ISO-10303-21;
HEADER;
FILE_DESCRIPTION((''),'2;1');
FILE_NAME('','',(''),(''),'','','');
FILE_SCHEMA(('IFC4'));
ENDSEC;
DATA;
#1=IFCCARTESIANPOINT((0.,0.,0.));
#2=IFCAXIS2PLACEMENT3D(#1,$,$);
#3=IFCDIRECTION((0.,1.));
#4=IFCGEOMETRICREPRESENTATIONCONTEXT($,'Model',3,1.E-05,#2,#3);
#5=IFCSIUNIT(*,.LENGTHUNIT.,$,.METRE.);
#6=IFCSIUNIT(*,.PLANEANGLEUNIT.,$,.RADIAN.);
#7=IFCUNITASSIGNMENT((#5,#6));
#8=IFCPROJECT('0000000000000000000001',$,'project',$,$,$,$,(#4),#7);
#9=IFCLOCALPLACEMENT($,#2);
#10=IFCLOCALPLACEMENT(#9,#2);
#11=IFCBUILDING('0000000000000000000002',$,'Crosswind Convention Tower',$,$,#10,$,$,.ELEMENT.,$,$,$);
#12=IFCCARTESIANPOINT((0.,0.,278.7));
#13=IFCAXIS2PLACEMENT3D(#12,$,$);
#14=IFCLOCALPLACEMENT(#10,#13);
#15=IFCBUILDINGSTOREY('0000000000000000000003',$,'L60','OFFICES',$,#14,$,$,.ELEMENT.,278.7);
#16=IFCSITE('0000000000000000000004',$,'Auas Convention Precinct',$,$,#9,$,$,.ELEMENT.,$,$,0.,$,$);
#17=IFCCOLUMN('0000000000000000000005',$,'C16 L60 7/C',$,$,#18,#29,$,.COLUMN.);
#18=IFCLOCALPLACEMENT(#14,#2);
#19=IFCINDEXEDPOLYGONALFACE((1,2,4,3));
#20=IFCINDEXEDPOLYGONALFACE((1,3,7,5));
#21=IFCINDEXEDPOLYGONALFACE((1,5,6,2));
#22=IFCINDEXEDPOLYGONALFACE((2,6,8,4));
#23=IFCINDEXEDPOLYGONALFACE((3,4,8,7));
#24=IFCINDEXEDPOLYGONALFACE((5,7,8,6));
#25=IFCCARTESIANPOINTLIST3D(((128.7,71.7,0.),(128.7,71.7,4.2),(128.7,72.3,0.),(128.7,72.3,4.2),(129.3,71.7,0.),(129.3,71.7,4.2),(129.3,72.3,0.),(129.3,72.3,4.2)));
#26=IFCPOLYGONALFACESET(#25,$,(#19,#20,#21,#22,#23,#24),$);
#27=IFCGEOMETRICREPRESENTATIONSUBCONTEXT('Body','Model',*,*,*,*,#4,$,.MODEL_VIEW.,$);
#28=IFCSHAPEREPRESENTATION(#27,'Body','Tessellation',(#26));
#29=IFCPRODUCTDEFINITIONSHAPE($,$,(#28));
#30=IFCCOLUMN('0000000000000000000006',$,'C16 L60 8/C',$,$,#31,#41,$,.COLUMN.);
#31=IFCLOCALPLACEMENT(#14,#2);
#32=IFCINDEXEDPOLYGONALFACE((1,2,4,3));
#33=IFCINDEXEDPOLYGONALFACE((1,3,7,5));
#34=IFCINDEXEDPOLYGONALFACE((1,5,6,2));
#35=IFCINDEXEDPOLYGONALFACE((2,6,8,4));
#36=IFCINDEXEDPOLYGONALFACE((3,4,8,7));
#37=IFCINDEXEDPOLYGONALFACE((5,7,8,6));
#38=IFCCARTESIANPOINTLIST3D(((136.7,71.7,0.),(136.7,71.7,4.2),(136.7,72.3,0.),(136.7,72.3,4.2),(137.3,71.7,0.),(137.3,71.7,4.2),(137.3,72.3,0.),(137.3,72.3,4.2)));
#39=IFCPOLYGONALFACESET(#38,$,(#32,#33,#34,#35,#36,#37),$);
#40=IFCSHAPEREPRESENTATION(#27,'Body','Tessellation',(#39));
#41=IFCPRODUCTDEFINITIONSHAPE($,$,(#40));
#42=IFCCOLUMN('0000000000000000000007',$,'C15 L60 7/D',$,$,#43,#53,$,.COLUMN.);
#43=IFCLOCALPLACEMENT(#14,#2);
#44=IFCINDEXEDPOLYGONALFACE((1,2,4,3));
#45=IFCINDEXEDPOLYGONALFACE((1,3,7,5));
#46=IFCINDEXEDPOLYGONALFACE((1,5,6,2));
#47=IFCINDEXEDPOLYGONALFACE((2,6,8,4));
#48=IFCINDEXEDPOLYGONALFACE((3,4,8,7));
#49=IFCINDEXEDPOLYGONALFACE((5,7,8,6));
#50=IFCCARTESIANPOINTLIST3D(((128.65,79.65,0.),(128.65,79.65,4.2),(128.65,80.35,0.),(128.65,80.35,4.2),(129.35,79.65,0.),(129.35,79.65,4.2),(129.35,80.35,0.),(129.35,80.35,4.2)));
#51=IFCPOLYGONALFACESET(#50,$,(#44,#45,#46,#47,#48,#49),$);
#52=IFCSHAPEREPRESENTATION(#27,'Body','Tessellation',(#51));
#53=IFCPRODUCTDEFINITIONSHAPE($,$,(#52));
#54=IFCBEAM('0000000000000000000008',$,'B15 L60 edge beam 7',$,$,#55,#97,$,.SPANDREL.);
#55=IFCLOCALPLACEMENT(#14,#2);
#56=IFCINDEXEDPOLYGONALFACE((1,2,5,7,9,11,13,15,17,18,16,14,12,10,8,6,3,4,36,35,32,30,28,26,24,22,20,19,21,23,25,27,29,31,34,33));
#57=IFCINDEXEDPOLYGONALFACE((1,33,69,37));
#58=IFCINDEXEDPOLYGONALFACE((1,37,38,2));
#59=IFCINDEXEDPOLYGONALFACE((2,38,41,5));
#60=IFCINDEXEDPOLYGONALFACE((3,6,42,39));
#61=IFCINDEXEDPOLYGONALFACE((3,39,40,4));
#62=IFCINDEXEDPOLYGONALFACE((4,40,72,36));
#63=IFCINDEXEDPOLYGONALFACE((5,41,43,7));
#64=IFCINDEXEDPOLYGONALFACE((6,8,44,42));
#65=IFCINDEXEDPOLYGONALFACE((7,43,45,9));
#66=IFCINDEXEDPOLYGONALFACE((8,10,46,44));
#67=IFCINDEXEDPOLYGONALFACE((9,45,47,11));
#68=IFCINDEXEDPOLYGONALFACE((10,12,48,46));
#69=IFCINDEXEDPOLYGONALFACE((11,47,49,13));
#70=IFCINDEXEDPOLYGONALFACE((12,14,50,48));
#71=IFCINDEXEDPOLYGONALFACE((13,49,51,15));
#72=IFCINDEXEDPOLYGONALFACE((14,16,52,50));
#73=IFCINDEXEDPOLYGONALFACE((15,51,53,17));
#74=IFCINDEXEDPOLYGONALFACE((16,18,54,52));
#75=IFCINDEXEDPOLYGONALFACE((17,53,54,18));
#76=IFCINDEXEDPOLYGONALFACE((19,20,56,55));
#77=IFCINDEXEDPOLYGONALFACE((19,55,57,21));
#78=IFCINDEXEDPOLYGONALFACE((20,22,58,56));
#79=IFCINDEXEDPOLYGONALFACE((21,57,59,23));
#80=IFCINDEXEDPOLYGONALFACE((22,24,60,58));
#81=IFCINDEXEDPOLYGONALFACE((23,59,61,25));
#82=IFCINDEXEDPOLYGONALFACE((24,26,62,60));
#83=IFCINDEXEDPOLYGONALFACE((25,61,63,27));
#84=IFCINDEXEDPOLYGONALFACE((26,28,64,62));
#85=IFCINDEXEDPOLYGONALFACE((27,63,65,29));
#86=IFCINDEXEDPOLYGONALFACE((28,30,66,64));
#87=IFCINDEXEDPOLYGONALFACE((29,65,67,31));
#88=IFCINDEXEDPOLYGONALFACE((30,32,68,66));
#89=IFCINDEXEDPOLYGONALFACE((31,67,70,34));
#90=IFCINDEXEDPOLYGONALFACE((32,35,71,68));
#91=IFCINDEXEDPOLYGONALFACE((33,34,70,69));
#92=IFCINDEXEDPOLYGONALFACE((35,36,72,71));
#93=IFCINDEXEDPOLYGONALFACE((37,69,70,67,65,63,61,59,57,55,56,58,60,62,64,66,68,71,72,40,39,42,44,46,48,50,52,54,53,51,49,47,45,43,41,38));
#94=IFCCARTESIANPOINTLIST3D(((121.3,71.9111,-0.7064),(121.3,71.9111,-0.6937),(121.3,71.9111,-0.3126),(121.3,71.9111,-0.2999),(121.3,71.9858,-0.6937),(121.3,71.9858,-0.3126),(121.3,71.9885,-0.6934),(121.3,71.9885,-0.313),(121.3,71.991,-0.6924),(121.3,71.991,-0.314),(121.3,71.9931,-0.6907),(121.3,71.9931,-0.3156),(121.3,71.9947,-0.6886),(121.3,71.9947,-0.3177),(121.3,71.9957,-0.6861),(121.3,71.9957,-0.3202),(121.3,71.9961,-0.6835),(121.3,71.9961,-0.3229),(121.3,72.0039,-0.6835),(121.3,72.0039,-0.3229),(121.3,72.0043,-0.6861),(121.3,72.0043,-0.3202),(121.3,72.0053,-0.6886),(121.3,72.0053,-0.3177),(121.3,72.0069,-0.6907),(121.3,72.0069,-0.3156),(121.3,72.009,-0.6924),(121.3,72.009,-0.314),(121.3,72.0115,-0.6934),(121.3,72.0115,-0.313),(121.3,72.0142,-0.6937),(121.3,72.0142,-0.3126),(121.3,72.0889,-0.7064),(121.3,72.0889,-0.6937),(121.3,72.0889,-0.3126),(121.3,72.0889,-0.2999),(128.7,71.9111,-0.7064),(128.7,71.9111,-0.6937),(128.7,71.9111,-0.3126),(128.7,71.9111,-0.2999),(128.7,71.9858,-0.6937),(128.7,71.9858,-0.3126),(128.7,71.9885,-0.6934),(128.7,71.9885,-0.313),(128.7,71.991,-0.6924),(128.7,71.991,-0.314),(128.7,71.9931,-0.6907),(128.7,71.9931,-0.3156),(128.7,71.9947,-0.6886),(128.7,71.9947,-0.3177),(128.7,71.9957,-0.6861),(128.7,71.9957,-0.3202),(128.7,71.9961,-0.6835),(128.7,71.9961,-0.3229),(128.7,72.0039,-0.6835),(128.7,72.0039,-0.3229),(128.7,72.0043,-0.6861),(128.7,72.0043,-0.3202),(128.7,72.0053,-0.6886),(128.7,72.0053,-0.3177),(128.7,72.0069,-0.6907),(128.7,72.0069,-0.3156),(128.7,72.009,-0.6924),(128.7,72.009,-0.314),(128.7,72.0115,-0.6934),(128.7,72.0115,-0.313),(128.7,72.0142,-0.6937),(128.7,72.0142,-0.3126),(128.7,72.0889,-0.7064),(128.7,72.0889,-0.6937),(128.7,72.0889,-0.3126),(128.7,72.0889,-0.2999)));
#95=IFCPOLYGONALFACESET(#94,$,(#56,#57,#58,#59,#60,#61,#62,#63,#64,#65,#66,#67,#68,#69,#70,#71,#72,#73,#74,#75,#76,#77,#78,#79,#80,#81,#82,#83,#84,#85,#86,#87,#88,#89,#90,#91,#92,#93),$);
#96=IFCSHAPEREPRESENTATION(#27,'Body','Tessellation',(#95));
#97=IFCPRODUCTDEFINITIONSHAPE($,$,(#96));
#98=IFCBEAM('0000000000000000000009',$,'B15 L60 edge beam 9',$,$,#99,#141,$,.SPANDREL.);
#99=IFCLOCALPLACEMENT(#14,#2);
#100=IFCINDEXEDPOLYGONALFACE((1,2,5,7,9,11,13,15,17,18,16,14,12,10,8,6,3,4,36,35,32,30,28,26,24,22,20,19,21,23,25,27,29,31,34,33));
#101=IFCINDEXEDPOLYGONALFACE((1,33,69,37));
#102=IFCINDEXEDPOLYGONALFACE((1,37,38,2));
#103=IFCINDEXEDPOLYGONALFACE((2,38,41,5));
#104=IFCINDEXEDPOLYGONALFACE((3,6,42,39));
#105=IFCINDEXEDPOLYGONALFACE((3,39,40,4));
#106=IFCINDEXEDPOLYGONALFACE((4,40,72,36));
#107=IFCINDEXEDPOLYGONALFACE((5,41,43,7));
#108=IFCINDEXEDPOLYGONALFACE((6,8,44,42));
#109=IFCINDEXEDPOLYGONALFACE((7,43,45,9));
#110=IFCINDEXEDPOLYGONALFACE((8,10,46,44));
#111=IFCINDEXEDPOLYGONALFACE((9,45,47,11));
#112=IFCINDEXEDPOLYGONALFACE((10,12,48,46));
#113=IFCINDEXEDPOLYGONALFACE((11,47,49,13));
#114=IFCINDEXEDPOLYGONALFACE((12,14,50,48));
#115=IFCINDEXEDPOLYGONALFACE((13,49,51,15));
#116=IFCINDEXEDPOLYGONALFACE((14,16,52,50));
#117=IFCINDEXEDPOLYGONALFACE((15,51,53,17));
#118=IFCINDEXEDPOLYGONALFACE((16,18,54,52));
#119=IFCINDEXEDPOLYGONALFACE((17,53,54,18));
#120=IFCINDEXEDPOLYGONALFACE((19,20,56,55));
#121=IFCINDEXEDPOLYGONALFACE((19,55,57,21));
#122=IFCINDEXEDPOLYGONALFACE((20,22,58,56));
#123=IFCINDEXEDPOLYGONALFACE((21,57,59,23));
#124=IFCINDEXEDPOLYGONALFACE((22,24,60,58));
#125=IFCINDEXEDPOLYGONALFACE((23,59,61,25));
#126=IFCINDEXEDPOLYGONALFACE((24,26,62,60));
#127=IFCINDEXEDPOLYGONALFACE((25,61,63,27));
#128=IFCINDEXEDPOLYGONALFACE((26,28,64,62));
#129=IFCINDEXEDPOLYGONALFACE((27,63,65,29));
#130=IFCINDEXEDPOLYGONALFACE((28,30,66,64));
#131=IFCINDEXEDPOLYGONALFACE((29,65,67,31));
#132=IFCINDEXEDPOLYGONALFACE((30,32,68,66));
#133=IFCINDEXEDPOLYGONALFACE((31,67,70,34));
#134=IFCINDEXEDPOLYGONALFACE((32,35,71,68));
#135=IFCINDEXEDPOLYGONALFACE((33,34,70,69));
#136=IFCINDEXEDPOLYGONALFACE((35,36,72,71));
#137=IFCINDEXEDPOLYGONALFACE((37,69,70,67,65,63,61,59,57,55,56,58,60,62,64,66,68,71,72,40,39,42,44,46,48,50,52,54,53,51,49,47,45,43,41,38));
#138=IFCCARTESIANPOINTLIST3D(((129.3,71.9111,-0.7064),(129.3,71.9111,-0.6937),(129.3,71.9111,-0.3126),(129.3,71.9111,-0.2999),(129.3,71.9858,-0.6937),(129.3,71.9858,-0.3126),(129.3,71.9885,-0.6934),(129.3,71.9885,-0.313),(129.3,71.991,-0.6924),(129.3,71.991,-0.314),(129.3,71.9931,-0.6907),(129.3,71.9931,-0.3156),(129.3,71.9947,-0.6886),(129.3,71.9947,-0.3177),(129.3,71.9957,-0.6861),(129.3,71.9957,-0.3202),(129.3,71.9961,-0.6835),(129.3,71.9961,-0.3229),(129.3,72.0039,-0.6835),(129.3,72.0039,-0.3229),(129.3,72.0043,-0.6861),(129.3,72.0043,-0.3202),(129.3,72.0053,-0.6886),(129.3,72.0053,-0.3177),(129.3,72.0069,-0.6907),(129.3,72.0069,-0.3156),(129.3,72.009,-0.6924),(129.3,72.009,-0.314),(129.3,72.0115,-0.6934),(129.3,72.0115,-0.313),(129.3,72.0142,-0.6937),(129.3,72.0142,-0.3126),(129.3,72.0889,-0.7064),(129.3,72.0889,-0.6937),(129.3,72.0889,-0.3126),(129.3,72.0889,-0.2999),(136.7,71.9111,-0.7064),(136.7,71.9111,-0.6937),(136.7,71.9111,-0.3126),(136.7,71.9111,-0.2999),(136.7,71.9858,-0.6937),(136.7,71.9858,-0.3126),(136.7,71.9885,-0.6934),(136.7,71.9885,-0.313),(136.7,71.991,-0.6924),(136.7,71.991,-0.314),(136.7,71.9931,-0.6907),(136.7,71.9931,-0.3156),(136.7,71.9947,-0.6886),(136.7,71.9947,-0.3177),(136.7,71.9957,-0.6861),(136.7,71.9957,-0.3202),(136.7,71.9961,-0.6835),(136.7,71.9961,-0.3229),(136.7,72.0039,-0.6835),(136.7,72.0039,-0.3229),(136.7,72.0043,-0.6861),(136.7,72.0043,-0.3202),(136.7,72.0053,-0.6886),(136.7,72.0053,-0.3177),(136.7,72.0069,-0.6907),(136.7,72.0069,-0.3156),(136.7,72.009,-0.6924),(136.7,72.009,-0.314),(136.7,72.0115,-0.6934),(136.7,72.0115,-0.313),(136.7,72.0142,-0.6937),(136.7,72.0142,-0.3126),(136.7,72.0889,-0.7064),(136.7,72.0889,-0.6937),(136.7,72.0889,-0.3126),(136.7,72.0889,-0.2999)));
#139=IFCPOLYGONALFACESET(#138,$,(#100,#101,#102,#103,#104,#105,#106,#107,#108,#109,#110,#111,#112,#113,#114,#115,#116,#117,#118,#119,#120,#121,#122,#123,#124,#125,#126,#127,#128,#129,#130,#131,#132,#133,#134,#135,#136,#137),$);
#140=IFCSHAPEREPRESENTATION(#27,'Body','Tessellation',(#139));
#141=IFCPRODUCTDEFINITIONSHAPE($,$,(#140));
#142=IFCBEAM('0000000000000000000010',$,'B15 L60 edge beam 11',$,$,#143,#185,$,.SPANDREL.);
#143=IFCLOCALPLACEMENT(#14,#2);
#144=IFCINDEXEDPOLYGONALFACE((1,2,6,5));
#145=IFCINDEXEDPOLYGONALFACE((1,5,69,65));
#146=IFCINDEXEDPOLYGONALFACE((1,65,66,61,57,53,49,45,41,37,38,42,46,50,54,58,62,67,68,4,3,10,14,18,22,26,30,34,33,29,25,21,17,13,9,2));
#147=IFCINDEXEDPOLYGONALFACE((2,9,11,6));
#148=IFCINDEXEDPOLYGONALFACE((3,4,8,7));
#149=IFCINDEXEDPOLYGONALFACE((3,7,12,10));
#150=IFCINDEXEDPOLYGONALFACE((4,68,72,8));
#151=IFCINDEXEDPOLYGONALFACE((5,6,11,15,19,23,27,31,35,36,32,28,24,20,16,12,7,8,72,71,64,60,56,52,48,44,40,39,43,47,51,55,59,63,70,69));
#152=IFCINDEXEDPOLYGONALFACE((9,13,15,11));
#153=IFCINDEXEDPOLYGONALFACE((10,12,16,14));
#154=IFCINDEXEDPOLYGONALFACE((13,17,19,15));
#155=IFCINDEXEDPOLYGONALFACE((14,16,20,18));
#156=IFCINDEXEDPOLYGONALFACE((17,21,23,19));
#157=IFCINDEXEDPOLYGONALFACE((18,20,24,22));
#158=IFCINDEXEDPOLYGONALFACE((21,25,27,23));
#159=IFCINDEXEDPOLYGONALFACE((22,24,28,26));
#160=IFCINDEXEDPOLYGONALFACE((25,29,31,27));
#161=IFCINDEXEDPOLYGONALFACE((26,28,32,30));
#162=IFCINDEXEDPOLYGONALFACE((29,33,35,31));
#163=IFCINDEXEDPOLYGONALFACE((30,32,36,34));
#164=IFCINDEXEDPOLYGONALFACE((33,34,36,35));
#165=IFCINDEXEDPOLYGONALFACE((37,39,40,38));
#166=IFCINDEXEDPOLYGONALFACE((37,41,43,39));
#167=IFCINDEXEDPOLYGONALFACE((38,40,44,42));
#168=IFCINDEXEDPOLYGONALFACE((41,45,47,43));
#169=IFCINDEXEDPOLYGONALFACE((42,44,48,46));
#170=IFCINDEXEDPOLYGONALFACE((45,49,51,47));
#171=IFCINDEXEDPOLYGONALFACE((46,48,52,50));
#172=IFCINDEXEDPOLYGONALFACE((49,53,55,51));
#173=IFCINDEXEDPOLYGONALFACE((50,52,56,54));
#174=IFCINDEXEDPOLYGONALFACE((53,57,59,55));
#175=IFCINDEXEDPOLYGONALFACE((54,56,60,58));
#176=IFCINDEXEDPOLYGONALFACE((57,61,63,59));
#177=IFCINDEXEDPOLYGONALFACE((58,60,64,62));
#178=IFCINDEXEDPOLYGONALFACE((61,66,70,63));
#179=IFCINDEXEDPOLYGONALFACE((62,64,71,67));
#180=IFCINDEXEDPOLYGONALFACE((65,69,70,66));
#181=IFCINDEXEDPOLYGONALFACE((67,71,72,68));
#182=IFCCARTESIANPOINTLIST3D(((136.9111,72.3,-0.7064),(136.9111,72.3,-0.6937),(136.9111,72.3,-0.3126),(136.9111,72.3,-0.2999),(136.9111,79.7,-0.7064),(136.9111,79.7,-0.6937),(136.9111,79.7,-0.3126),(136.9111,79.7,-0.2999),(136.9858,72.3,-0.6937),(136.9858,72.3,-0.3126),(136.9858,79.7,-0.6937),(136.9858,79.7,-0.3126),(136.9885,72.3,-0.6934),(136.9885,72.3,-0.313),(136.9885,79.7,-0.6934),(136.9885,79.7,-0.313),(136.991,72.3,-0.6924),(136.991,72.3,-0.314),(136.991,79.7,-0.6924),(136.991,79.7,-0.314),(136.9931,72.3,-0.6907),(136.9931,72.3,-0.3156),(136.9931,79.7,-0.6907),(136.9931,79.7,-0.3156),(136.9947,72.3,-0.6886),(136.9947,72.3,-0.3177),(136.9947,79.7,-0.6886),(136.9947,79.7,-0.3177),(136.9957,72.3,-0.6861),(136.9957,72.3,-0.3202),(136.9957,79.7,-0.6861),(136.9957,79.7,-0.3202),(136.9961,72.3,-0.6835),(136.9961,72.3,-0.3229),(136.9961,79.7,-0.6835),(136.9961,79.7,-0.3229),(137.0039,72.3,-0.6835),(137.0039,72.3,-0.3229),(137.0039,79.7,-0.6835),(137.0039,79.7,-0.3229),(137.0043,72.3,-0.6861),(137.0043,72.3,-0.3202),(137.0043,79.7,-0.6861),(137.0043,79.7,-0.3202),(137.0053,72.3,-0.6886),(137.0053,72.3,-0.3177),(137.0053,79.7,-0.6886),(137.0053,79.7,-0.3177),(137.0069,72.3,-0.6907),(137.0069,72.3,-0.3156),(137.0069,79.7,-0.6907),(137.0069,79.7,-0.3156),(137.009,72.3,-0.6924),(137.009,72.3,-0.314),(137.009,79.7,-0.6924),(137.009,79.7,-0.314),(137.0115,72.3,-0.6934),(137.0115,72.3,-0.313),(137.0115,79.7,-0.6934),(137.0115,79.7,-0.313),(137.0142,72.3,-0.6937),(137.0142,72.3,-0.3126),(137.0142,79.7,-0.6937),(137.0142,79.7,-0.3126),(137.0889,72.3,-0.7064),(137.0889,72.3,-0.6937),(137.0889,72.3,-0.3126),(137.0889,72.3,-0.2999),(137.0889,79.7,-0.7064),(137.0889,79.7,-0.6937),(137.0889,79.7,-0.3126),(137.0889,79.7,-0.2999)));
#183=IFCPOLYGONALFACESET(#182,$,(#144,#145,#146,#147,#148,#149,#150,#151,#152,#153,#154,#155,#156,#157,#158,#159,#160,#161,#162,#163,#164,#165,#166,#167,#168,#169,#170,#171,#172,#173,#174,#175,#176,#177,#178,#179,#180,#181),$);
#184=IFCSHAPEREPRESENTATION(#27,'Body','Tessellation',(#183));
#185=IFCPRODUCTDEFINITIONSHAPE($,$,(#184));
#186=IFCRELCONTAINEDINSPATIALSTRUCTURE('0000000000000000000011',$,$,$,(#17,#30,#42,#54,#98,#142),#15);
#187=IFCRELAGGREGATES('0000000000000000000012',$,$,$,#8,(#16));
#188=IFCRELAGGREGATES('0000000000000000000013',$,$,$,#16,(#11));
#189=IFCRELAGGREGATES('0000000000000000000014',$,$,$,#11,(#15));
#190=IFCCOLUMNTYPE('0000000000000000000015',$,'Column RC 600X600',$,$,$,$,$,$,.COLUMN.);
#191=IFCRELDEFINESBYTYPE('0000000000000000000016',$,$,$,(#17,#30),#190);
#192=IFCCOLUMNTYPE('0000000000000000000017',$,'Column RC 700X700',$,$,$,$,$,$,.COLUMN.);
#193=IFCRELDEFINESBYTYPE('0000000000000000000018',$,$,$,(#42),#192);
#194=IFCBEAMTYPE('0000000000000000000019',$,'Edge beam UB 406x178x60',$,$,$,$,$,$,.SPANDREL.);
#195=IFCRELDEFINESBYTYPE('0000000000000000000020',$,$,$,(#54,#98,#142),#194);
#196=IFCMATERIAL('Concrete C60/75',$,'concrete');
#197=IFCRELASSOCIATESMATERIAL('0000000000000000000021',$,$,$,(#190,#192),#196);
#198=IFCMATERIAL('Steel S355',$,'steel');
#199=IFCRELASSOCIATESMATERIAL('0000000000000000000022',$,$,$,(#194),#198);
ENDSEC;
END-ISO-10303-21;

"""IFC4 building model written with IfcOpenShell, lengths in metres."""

from ifc_helpers import new_model, si_unit, direction, frame, origin, origin_2d, place, context, subcontext, project, spatial, rectangle, i_section, extrude, material, material_profile, profile_set, type_object, element, save


model = new_model("IFC4")

# Units and contexts
model_context = context("Model", 3, precision=1e-05, world=origin(), true_north=direction((0.0, 1.0)))
body_context = subcontext(model_context, "Body", "Model", "MODEL_VIEW")
ifc_project = project(units=[si_unit("LENGTHUNIT", "METRE"), si_unit("PLANEANGLEUNIT", "RADIAN")], contexts=[model_context])

# Site, building, storey
site_placement = place(None, origin())
site = spatial("IfcSite", under=ifc_project, at=site_placement, Name="Auas Convention Precinct", CompositionType="ELEMENT", RefElevation=0.0)
building_placement = place(site_placement, origin())
building = spatial("IfcBuilding", under=site, at=building_placement, Name="Crosswind Convention Tower", CompositionType="ELEMENT")
storey_placement = place(building_placement, frame((0.0, 0.0, 278.7)))
storey = spatial("IfcBuildingStorey", under=building, at=storey_placement, Name="L60", Description="OFFICES", CompositionType="ELEMENT", Elevation=278.7)

# Columns
ifc_material_1 = material(Name="Concrete C60/75", Category="concrete")
ifc_material_profile_1 = material_profile(ifc_material_1, rectangle(XDim=0.6001, YDim=0.6001, at=origin_2d()), Name="RC 600X600")
ifc_profile_set_1 = profile_set([ifc_material_profile_1], Name="Concrete C60/75")
column_type_1 = type_object("IfcColumnType", Name="Column RC 600X600", PredefinedType="COLUMN", material=ifc_profile_set_1)
for number, where, z_axis, x_axis, name in (
    (1, (129.0, 72.0, 0.0), (0.0, 0.0, 1.0), (1.0, 0.0, 0.0), "C16 L60 7/C"),
    (2, (137.0, 72.0, 0.0), (0.0, 0.0, 1.0), (1.0, 0.0, 0.0), "C16 L60 8/C"),
):
    element("IfcColumn", number, at=place(storey_placement, frame(where, z_axis=z_axis, x_axis=x_axis)), inside=storey, type_object=column_type_1, Name=name, PredefinedType="COLUMN", context=body_context, shape_type="SweptSolid", body=[
        extrude(rectangle(XDim=0.6001, YDim=0.6001, at=origin_2d()), origin(), (0.0, 0.0, 1.0), 4.2),
    ])
ifc_material_profile_2 = material_profile(ifc_material_1, rectangle(XDim=0.7, YDim=0.7, at=origin_2d()), Name="RC 700X700")
ifc_profile_set_2 = profile_set([ifc_material_profile_2], Name="Concrete C60/75")
column_type_2 = type_object("IfcColumnType", Name="Column RC 700X700", PredefinedType="COLUMN", material=ifc_profile_set_2)
column_placement = place(storey_placement, frame((129.0, 80.0, 0.0), z_axis=(0.0, 0.0, 1.0), x_axis=(1.0, 0.0, 0.0)))
element("IfcColumn", 3, at=column_placement, inside=storey, type_object=column_type_2, Name="C15 L60 7/D", PredefinedType="COLUMN", context=body_context, shape_type="SweptSolid", body=[
    extrude(rectangle(XDim=0.7, YDim=0.7, at=origin_2d()), origin(), (0.0, 0.0, 1.0), 4.2),
])

# Beams
ifc_material_2 = material(Name="Steel S355", Category="steel")
ifc_material_profile_3 = material_profile(ifc_material_2, i_section(OverallWidth=0.1777, OverallDepth=0.4065, WebThickness=0.0078, FlangeThickness=0.0127, FilletRadius=0.0103, at=origin_2d()), Name="UB 406x178x60")
ifc_profile_set_3 = profile_set([ifc_material_profile_3], Name="Steel S355")
beam_type_1 = type_object("IfcBeamType", Name="Edge beam UB 406x178x60", PredefinedType="SPANDREL", material=ifc_profile_set_3)
for number, where, z_axis, x_axis, name in (
    (4, (121.3, 72.0, -0.5032), (1.0, 0.0, 0.0), (0.0, 1.0, 0.0), "B15 L60 edge beam 7"),
    (5, (129.3, 72.0, -0.5032), (1.0, 0.0, 0.0), (0.0, 1.0, 0.0), "B15 L60 edge beam 9"),
    (6, (137.0, 72.3, -0.5032), (0.0, 1.0, 0.0), (-1.0, 0.0, 0.0), "B15 L60 edge beam 11"),
):
    element("IfcBeam", number, at=place(storey_placement, frame(where, z_axis=z_axis, x_axis=x_axis)), inside=storey, type_object=beam_type_1, Name=name, PredefinedType="SPANDREL", context=body_context, shape_type="SweptSolid", body=[
        extrude(i_section(OverallWidth=0.1777, OverallDepth=0.4065, WebThickness=0.0078, FlangeThickness=0.0127, FilletRadius=0.0103, at=origin_2d()), origin(), (0.0, 0.0, 1.0), 7.3999),
    ])

save(model, "model.ifc")
